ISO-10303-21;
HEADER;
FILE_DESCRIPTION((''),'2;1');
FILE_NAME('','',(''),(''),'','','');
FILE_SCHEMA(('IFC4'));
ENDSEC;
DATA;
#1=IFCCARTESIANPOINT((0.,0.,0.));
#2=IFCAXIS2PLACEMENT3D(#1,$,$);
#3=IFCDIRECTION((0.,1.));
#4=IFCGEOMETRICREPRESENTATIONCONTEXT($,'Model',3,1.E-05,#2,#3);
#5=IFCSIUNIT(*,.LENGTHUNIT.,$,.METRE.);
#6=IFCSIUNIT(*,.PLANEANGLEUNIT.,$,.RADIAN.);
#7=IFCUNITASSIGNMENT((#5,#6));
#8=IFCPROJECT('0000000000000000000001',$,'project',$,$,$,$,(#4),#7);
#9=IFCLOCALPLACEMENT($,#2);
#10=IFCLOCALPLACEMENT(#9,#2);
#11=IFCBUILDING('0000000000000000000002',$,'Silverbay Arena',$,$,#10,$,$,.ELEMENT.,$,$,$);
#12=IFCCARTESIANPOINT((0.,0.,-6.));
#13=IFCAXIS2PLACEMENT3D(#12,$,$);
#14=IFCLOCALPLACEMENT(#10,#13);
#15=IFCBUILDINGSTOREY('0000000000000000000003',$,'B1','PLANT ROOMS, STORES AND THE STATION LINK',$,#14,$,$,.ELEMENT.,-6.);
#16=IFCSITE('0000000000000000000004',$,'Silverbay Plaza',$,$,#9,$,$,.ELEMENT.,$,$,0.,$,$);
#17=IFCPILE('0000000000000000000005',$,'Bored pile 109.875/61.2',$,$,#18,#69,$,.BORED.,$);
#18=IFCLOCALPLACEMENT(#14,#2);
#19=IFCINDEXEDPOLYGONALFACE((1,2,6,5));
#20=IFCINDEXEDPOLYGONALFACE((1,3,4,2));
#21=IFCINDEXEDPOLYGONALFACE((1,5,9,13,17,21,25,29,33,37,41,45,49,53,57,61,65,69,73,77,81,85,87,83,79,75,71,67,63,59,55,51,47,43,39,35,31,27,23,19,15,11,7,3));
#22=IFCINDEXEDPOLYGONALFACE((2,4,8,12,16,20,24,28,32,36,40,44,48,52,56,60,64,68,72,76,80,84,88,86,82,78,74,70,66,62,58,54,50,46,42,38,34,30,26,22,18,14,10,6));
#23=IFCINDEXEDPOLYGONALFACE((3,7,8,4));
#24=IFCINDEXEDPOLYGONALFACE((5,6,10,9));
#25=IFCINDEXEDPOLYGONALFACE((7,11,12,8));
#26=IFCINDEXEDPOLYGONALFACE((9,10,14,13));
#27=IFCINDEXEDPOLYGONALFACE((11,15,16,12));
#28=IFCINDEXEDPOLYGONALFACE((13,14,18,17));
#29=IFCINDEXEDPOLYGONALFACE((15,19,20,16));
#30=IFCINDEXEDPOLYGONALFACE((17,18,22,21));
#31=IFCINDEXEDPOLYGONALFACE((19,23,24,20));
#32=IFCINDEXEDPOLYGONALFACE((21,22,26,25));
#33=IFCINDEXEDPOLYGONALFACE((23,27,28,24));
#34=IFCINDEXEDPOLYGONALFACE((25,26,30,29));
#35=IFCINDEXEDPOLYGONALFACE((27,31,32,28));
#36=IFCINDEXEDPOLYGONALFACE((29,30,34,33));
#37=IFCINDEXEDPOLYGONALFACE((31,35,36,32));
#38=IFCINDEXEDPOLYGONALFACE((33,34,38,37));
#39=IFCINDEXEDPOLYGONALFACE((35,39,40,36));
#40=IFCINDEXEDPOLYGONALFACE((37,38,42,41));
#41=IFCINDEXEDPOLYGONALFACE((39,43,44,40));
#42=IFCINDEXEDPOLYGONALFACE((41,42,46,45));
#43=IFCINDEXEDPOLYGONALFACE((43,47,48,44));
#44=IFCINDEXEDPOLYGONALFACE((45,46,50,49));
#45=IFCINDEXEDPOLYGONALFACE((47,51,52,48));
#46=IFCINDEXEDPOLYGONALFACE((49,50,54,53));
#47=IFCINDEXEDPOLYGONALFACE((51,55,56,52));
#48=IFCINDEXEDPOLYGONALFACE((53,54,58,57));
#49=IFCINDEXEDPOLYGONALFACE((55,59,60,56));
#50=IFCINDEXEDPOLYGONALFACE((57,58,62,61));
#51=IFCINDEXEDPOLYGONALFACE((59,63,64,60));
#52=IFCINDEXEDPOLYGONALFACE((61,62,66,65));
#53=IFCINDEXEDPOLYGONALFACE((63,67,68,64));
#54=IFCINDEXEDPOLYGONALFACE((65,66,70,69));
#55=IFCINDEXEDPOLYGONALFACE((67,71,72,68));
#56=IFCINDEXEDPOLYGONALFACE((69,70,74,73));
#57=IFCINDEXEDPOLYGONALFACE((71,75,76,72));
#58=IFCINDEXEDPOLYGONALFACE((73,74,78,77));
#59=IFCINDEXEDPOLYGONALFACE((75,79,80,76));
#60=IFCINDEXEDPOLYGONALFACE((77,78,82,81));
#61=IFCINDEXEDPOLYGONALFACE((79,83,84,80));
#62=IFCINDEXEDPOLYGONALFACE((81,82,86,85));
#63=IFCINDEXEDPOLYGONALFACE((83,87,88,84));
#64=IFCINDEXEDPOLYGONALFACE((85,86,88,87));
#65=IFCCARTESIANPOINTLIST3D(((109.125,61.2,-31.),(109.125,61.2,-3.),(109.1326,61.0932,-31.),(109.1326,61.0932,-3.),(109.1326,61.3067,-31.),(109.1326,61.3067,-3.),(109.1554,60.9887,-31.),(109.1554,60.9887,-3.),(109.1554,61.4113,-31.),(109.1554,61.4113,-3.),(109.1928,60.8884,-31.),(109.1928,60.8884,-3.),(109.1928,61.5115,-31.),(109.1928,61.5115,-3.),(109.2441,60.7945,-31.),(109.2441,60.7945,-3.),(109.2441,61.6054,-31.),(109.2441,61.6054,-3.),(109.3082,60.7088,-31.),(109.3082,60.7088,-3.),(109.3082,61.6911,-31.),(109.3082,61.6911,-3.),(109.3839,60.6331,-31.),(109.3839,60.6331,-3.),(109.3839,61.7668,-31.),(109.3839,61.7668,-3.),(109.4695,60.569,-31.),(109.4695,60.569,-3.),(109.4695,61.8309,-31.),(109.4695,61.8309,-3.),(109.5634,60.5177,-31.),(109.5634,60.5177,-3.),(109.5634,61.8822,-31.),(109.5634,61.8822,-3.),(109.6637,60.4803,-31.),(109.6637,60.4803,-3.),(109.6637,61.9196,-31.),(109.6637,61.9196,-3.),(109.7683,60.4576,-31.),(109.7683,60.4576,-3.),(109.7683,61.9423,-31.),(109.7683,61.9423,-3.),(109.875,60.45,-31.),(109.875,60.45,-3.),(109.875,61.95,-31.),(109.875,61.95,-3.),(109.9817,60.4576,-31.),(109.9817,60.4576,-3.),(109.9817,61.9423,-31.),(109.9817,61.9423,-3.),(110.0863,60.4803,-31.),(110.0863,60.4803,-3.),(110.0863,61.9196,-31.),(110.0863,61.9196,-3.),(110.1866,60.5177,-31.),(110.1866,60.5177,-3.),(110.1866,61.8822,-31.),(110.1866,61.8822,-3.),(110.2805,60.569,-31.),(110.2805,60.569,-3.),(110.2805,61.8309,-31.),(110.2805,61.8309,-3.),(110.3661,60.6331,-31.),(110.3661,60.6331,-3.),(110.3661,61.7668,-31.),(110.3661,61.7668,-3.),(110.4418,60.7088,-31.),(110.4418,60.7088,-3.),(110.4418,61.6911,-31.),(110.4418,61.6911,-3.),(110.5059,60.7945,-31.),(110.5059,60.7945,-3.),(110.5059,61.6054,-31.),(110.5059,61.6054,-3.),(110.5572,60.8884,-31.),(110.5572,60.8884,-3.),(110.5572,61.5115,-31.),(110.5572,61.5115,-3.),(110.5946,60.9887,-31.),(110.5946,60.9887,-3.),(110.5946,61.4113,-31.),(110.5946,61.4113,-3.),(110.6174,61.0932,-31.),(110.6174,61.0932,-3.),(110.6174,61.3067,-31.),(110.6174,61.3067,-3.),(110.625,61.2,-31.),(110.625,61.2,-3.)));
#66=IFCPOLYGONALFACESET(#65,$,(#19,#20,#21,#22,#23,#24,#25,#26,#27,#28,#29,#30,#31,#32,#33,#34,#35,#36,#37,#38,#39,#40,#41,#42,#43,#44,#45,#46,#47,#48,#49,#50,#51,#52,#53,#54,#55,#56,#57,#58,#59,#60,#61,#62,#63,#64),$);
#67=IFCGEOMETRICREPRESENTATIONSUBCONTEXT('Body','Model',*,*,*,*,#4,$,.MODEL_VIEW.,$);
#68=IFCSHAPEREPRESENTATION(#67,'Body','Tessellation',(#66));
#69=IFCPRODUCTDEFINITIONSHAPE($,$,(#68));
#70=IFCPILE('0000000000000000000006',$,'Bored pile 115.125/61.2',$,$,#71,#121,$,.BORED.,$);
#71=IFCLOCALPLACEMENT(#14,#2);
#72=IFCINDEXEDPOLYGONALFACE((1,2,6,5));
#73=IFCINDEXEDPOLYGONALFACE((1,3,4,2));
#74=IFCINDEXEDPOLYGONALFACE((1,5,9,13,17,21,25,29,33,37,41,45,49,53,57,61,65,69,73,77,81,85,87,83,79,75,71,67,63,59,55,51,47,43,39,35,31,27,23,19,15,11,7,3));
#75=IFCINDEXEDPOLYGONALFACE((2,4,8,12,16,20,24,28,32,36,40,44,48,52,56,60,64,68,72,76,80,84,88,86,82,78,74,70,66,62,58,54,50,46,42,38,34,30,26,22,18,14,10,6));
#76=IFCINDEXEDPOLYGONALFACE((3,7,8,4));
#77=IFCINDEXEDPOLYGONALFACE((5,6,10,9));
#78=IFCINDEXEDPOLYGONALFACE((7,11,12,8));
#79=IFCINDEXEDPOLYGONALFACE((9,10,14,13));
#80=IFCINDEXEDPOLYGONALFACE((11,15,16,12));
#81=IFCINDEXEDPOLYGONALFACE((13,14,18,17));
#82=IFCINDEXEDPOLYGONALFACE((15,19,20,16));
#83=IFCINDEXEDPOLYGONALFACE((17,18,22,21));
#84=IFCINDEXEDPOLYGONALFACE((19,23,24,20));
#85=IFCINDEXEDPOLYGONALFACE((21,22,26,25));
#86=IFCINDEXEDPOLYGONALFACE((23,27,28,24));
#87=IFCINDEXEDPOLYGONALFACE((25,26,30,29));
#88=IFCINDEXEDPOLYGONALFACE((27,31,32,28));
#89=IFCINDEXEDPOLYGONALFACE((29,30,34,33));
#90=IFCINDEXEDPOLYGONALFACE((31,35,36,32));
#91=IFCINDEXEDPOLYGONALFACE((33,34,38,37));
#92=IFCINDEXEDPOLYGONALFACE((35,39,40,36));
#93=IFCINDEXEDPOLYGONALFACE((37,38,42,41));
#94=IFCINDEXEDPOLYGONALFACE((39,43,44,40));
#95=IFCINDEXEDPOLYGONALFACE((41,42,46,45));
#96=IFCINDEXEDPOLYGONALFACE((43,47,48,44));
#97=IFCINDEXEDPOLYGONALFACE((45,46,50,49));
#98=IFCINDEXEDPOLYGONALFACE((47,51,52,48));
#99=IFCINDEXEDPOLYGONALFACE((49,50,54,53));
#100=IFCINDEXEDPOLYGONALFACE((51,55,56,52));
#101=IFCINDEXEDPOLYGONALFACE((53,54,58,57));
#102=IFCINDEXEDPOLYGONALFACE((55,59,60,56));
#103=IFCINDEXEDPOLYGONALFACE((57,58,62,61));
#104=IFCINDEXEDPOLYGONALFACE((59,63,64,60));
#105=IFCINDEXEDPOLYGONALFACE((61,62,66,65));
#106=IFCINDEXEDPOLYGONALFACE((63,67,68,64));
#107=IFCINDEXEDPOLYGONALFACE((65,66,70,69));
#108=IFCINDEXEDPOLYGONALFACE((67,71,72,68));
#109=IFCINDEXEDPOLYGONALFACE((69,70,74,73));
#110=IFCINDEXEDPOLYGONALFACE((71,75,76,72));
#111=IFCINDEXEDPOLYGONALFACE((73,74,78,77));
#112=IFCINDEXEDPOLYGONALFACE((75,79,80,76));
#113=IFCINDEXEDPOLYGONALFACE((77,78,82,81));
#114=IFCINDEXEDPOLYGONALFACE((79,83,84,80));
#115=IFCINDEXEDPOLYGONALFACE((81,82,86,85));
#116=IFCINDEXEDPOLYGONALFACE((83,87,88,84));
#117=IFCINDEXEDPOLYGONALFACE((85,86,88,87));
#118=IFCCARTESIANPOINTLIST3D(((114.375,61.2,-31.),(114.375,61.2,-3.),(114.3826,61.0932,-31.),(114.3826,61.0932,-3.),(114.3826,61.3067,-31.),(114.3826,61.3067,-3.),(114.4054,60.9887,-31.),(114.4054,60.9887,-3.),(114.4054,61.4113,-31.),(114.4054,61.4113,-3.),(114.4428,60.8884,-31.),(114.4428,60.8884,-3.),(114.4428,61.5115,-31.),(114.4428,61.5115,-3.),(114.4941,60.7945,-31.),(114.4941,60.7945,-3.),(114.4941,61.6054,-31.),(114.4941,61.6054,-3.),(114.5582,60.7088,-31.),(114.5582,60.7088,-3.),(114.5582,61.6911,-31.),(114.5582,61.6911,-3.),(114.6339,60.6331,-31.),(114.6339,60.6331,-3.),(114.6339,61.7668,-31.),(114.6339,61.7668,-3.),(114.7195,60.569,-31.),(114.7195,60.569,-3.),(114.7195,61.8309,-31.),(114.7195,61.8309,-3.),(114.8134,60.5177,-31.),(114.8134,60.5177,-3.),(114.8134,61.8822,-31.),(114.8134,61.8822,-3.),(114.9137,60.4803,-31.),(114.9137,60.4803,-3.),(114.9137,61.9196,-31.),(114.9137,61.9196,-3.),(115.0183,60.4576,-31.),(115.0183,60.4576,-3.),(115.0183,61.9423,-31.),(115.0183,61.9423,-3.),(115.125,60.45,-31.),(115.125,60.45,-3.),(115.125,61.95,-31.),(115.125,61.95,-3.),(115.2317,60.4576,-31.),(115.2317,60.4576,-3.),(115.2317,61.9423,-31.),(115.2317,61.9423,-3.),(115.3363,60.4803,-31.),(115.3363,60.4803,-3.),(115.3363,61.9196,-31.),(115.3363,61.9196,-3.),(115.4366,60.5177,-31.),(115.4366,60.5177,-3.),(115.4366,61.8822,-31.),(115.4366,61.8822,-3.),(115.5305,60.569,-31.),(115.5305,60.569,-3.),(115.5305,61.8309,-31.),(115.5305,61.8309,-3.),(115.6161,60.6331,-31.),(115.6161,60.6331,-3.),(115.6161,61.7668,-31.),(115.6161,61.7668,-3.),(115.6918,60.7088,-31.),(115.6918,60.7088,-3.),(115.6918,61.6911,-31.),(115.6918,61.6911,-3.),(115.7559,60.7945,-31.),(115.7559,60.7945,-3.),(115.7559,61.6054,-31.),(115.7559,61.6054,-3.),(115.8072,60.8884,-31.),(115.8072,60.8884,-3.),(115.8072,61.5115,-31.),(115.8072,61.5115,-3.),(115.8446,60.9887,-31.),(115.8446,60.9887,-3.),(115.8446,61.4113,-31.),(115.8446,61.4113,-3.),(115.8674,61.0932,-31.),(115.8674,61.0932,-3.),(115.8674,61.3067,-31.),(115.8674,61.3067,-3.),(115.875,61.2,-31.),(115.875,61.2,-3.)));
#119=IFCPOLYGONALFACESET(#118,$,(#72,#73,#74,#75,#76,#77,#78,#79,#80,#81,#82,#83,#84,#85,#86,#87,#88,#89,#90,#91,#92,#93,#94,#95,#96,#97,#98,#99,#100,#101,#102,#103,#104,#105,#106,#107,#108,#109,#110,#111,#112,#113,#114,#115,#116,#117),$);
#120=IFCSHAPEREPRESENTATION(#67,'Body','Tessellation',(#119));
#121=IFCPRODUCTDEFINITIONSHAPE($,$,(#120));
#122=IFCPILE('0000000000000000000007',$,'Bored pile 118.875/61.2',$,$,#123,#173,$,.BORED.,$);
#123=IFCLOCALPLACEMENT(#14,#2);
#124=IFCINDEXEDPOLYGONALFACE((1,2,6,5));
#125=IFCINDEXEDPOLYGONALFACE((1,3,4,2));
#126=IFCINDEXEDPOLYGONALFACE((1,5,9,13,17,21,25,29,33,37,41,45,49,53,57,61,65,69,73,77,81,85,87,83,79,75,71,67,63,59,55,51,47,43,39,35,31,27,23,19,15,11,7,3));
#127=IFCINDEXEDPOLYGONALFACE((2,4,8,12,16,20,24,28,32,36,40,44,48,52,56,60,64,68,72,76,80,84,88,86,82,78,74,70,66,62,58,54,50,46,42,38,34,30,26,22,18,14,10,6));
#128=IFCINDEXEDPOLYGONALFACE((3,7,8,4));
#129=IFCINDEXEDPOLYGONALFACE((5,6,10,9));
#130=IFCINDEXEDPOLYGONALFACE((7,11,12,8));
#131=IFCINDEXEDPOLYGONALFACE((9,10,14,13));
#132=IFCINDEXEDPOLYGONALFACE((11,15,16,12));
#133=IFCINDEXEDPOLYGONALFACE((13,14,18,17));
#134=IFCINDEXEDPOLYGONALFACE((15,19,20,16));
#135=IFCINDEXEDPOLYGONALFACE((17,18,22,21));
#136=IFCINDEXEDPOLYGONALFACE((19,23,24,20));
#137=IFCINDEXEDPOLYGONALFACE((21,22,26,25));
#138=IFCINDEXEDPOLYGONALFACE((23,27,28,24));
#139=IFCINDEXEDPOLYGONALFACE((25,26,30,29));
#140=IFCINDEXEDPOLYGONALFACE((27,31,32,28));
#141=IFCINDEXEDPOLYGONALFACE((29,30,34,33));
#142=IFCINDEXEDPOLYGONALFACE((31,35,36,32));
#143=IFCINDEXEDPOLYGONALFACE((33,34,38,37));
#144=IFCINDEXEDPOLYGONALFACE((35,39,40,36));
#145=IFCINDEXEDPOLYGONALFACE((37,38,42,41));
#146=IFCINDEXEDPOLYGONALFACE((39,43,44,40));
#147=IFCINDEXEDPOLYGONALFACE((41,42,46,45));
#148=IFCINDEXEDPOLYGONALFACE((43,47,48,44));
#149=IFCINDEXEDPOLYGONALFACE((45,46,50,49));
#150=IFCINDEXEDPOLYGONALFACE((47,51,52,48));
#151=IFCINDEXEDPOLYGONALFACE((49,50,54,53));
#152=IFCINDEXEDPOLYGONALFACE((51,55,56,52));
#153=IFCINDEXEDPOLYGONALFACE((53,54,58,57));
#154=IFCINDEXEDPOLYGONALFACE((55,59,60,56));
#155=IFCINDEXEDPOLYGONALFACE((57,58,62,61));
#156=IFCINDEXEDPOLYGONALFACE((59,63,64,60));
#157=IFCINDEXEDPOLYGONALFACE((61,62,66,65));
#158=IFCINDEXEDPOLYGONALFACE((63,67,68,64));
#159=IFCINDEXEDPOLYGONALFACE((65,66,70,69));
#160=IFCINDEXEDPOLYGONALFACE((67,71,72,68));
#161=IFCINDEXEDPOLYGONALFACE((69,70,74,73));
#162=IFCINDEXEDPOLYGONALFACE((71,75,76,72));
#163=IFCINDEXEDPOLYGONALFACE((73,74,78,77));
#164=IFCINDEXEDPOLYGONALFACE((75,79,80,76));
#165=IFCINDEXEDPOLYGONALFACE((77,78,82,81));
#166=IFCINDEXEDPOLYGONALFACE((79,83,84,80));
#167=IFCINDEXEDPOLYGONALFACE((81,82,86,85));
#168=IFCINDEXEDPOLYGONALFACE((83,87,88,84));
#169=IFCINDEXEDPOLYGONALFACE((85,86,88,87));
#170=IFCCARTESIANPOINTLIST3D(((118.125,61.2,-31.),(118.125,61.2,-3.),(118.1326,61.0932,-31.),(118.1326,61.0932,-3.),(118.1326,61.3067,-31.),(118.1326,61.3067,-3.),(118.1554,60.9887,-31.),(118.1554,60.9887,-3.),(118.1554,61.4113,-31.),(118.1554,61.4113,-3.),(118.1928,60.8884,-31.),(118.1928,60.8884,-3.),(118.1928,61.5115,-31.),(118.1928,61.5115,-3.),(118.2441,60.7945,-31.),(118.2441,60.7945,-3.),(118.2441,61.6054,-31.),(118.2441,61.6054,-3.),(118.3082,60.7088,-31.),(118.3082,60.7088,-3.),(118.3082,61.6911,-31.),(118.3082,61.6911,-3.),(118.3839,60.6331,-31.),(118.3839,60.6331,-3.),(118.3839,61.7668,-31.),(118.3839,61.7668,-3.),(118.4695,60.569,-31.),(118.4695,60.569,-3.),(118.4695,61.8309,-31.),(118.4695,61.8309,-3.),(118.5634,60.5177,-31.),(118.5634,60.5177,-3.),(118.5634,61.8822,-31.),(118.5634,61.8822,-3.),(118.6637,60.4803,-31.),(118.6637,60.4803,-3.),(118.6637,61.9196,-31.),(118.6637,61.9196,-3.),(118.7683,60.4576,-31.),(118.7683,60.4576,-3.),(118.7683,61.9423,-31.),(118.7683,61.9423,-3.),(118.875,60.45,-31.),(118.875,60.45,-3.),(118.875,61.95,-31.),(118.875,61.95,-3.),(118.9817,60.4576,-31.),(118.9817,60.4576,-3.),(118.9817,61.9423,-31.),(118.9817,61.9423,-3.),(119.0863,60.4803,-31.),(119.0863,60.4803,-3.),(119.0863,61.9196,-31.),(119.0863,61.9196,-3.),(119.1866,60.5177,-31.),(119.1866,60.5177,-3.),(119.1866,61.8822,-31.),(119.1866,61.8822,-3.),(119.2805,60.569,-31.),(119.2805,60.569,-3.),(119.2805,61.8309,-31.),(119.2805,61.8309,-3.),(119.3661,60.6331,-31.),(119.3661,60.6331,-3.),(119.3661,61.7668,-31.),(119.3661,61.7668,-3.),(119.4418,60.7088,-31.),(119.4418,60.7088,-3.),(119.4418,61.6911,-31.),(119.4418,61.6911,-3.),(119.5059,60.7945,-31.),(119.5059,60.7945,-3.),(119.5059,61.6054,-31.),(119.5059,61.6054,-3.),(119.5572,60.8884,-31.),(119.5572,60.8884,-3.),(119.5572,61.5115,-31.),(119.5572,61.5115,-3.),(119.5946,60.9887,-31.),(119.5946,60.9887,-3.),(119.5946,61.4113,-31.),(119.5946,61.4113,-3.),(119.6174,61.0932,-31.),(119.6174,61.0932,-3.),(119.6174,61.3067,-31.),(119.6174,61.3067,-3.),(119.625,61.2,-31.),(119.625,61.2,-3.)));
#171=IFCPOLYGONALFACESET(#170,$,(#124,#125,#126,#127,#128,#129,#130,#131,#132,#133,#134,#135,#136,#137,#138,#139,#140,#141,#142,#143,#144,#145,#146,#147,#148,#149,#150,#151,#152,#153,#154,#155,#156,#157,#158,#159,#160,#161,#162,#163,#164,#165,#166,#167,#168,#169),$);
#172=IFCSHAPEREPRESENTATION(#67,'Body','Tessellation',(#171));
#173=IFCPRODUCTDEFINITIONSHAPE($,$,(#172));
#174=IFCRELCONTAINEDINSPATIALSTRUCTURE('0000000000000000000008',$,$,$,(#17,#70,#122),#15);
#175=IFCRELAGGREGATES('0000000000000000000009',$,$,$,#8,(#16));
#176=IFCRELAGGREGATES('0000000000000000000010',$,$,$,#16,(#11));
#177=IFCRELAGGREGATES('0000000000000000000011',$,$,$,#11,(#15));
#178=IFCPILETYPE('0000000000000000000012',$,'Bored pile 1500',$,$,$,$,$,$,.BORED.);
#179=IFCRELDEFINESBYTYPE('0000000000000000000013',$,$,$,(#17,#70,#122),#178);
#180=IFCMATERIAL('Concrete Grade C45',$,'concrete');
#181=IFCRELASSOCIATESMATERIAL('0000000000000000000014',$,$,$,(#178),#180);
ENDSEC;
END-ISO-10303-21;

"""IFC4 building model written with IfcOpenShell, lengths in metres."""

from ifc_helpers import new_model, si_unit, direction, frame, origin, origin_2d, place, context, subcontext, project, spatial, circle, extrude, material, material_profile, profile_set, type_object, element, save


model = new_model("IFC4")

# Units and contexts
model_context = context("Model", 3, precision=1e-05, world=origin(), true_north=direction((0.0, 1.0)))
body_context = subcontext(model_context, "Body", "Model", "MODEL_VIEW")
ifc_project = project(units=[si_unit("LENGTHUNIT", "METRE"), si_unit("PLANEANGLEUNIT", "RADIAN")], contexts=[model_context])

# Site, building, storey
site_placement = place(None, origin())
site = spatial("IfcSite", under=ifc_project, at=site_placement, Name="Silverbay Plaza", CompositionType="ELEMENT", RefElevation=0.0)
building_placement = place(site_placement, origin())
building = spatial("IfcBuilding", under=site, at=building_placement, Name="Silverbay Arena", CompositionType="ELEMENT")
storey_placement = place(building_placement, frame((0.0, 0.0, -6.0)))
storey = spatial("IfcBuildingStorey", under=building, at=storey_placement, Name="B1", Description="PLANT ROOMS, STORES AND THE STATION LINK", CompositionType="ELEMENT", Elevation=-6.0)

# Piles
ifc_material_1 = material(Name="Concrete Grade C45", Category="concrete")
ifc_material_profile_1 = material_profile(ifc_material_1, circle(Radius=0.75, at=origin_2d()), Name="Bored pile 1500")
ifc_profile_set_1 = profile_set([ifc_material_profile_1], Name="Concrete Grade C45")
pile_type_1 = type_object("IfcPileType", Name="Bored pile 1500", PredefinedType="BORED", material=ifc_profile_set_1)
for number, where, z_axis, x_axis, name in (
    (1, (109.875, 61.2, -3.0), (0.0, 0.0, -1.0), (1.0, 0.0, 0.0), "Bored pile 109.875/61.2"),
    (2, (115.125, 61.2, -3.0), (0.0, 0.0, -1.0), (1.0, 0.0, 0.0), "Bored pile 115.125/61.2"),
    (3, (118.875, 61.2, -3.0), (0.0, 0.0, -1.0), (1.0, 0.0, 0.0), "Bored pile 118.875/61.2"),
):
    element("IfcPile", number, at=place(storey_placement, frame(where, z_axis=z_axis, x_axis=x_axis)), inside=storey, type_object=pile_type_1, Name=name, PredefinedType="BORED", context=body_context, shape_type="SweptSolid", body=[
        extrude(circle(Radius=0.75, at=origin_2d()), origin(), (0.0, 0.0, 1.0), 28.0),
    ])

save(model, "model.ifc")
